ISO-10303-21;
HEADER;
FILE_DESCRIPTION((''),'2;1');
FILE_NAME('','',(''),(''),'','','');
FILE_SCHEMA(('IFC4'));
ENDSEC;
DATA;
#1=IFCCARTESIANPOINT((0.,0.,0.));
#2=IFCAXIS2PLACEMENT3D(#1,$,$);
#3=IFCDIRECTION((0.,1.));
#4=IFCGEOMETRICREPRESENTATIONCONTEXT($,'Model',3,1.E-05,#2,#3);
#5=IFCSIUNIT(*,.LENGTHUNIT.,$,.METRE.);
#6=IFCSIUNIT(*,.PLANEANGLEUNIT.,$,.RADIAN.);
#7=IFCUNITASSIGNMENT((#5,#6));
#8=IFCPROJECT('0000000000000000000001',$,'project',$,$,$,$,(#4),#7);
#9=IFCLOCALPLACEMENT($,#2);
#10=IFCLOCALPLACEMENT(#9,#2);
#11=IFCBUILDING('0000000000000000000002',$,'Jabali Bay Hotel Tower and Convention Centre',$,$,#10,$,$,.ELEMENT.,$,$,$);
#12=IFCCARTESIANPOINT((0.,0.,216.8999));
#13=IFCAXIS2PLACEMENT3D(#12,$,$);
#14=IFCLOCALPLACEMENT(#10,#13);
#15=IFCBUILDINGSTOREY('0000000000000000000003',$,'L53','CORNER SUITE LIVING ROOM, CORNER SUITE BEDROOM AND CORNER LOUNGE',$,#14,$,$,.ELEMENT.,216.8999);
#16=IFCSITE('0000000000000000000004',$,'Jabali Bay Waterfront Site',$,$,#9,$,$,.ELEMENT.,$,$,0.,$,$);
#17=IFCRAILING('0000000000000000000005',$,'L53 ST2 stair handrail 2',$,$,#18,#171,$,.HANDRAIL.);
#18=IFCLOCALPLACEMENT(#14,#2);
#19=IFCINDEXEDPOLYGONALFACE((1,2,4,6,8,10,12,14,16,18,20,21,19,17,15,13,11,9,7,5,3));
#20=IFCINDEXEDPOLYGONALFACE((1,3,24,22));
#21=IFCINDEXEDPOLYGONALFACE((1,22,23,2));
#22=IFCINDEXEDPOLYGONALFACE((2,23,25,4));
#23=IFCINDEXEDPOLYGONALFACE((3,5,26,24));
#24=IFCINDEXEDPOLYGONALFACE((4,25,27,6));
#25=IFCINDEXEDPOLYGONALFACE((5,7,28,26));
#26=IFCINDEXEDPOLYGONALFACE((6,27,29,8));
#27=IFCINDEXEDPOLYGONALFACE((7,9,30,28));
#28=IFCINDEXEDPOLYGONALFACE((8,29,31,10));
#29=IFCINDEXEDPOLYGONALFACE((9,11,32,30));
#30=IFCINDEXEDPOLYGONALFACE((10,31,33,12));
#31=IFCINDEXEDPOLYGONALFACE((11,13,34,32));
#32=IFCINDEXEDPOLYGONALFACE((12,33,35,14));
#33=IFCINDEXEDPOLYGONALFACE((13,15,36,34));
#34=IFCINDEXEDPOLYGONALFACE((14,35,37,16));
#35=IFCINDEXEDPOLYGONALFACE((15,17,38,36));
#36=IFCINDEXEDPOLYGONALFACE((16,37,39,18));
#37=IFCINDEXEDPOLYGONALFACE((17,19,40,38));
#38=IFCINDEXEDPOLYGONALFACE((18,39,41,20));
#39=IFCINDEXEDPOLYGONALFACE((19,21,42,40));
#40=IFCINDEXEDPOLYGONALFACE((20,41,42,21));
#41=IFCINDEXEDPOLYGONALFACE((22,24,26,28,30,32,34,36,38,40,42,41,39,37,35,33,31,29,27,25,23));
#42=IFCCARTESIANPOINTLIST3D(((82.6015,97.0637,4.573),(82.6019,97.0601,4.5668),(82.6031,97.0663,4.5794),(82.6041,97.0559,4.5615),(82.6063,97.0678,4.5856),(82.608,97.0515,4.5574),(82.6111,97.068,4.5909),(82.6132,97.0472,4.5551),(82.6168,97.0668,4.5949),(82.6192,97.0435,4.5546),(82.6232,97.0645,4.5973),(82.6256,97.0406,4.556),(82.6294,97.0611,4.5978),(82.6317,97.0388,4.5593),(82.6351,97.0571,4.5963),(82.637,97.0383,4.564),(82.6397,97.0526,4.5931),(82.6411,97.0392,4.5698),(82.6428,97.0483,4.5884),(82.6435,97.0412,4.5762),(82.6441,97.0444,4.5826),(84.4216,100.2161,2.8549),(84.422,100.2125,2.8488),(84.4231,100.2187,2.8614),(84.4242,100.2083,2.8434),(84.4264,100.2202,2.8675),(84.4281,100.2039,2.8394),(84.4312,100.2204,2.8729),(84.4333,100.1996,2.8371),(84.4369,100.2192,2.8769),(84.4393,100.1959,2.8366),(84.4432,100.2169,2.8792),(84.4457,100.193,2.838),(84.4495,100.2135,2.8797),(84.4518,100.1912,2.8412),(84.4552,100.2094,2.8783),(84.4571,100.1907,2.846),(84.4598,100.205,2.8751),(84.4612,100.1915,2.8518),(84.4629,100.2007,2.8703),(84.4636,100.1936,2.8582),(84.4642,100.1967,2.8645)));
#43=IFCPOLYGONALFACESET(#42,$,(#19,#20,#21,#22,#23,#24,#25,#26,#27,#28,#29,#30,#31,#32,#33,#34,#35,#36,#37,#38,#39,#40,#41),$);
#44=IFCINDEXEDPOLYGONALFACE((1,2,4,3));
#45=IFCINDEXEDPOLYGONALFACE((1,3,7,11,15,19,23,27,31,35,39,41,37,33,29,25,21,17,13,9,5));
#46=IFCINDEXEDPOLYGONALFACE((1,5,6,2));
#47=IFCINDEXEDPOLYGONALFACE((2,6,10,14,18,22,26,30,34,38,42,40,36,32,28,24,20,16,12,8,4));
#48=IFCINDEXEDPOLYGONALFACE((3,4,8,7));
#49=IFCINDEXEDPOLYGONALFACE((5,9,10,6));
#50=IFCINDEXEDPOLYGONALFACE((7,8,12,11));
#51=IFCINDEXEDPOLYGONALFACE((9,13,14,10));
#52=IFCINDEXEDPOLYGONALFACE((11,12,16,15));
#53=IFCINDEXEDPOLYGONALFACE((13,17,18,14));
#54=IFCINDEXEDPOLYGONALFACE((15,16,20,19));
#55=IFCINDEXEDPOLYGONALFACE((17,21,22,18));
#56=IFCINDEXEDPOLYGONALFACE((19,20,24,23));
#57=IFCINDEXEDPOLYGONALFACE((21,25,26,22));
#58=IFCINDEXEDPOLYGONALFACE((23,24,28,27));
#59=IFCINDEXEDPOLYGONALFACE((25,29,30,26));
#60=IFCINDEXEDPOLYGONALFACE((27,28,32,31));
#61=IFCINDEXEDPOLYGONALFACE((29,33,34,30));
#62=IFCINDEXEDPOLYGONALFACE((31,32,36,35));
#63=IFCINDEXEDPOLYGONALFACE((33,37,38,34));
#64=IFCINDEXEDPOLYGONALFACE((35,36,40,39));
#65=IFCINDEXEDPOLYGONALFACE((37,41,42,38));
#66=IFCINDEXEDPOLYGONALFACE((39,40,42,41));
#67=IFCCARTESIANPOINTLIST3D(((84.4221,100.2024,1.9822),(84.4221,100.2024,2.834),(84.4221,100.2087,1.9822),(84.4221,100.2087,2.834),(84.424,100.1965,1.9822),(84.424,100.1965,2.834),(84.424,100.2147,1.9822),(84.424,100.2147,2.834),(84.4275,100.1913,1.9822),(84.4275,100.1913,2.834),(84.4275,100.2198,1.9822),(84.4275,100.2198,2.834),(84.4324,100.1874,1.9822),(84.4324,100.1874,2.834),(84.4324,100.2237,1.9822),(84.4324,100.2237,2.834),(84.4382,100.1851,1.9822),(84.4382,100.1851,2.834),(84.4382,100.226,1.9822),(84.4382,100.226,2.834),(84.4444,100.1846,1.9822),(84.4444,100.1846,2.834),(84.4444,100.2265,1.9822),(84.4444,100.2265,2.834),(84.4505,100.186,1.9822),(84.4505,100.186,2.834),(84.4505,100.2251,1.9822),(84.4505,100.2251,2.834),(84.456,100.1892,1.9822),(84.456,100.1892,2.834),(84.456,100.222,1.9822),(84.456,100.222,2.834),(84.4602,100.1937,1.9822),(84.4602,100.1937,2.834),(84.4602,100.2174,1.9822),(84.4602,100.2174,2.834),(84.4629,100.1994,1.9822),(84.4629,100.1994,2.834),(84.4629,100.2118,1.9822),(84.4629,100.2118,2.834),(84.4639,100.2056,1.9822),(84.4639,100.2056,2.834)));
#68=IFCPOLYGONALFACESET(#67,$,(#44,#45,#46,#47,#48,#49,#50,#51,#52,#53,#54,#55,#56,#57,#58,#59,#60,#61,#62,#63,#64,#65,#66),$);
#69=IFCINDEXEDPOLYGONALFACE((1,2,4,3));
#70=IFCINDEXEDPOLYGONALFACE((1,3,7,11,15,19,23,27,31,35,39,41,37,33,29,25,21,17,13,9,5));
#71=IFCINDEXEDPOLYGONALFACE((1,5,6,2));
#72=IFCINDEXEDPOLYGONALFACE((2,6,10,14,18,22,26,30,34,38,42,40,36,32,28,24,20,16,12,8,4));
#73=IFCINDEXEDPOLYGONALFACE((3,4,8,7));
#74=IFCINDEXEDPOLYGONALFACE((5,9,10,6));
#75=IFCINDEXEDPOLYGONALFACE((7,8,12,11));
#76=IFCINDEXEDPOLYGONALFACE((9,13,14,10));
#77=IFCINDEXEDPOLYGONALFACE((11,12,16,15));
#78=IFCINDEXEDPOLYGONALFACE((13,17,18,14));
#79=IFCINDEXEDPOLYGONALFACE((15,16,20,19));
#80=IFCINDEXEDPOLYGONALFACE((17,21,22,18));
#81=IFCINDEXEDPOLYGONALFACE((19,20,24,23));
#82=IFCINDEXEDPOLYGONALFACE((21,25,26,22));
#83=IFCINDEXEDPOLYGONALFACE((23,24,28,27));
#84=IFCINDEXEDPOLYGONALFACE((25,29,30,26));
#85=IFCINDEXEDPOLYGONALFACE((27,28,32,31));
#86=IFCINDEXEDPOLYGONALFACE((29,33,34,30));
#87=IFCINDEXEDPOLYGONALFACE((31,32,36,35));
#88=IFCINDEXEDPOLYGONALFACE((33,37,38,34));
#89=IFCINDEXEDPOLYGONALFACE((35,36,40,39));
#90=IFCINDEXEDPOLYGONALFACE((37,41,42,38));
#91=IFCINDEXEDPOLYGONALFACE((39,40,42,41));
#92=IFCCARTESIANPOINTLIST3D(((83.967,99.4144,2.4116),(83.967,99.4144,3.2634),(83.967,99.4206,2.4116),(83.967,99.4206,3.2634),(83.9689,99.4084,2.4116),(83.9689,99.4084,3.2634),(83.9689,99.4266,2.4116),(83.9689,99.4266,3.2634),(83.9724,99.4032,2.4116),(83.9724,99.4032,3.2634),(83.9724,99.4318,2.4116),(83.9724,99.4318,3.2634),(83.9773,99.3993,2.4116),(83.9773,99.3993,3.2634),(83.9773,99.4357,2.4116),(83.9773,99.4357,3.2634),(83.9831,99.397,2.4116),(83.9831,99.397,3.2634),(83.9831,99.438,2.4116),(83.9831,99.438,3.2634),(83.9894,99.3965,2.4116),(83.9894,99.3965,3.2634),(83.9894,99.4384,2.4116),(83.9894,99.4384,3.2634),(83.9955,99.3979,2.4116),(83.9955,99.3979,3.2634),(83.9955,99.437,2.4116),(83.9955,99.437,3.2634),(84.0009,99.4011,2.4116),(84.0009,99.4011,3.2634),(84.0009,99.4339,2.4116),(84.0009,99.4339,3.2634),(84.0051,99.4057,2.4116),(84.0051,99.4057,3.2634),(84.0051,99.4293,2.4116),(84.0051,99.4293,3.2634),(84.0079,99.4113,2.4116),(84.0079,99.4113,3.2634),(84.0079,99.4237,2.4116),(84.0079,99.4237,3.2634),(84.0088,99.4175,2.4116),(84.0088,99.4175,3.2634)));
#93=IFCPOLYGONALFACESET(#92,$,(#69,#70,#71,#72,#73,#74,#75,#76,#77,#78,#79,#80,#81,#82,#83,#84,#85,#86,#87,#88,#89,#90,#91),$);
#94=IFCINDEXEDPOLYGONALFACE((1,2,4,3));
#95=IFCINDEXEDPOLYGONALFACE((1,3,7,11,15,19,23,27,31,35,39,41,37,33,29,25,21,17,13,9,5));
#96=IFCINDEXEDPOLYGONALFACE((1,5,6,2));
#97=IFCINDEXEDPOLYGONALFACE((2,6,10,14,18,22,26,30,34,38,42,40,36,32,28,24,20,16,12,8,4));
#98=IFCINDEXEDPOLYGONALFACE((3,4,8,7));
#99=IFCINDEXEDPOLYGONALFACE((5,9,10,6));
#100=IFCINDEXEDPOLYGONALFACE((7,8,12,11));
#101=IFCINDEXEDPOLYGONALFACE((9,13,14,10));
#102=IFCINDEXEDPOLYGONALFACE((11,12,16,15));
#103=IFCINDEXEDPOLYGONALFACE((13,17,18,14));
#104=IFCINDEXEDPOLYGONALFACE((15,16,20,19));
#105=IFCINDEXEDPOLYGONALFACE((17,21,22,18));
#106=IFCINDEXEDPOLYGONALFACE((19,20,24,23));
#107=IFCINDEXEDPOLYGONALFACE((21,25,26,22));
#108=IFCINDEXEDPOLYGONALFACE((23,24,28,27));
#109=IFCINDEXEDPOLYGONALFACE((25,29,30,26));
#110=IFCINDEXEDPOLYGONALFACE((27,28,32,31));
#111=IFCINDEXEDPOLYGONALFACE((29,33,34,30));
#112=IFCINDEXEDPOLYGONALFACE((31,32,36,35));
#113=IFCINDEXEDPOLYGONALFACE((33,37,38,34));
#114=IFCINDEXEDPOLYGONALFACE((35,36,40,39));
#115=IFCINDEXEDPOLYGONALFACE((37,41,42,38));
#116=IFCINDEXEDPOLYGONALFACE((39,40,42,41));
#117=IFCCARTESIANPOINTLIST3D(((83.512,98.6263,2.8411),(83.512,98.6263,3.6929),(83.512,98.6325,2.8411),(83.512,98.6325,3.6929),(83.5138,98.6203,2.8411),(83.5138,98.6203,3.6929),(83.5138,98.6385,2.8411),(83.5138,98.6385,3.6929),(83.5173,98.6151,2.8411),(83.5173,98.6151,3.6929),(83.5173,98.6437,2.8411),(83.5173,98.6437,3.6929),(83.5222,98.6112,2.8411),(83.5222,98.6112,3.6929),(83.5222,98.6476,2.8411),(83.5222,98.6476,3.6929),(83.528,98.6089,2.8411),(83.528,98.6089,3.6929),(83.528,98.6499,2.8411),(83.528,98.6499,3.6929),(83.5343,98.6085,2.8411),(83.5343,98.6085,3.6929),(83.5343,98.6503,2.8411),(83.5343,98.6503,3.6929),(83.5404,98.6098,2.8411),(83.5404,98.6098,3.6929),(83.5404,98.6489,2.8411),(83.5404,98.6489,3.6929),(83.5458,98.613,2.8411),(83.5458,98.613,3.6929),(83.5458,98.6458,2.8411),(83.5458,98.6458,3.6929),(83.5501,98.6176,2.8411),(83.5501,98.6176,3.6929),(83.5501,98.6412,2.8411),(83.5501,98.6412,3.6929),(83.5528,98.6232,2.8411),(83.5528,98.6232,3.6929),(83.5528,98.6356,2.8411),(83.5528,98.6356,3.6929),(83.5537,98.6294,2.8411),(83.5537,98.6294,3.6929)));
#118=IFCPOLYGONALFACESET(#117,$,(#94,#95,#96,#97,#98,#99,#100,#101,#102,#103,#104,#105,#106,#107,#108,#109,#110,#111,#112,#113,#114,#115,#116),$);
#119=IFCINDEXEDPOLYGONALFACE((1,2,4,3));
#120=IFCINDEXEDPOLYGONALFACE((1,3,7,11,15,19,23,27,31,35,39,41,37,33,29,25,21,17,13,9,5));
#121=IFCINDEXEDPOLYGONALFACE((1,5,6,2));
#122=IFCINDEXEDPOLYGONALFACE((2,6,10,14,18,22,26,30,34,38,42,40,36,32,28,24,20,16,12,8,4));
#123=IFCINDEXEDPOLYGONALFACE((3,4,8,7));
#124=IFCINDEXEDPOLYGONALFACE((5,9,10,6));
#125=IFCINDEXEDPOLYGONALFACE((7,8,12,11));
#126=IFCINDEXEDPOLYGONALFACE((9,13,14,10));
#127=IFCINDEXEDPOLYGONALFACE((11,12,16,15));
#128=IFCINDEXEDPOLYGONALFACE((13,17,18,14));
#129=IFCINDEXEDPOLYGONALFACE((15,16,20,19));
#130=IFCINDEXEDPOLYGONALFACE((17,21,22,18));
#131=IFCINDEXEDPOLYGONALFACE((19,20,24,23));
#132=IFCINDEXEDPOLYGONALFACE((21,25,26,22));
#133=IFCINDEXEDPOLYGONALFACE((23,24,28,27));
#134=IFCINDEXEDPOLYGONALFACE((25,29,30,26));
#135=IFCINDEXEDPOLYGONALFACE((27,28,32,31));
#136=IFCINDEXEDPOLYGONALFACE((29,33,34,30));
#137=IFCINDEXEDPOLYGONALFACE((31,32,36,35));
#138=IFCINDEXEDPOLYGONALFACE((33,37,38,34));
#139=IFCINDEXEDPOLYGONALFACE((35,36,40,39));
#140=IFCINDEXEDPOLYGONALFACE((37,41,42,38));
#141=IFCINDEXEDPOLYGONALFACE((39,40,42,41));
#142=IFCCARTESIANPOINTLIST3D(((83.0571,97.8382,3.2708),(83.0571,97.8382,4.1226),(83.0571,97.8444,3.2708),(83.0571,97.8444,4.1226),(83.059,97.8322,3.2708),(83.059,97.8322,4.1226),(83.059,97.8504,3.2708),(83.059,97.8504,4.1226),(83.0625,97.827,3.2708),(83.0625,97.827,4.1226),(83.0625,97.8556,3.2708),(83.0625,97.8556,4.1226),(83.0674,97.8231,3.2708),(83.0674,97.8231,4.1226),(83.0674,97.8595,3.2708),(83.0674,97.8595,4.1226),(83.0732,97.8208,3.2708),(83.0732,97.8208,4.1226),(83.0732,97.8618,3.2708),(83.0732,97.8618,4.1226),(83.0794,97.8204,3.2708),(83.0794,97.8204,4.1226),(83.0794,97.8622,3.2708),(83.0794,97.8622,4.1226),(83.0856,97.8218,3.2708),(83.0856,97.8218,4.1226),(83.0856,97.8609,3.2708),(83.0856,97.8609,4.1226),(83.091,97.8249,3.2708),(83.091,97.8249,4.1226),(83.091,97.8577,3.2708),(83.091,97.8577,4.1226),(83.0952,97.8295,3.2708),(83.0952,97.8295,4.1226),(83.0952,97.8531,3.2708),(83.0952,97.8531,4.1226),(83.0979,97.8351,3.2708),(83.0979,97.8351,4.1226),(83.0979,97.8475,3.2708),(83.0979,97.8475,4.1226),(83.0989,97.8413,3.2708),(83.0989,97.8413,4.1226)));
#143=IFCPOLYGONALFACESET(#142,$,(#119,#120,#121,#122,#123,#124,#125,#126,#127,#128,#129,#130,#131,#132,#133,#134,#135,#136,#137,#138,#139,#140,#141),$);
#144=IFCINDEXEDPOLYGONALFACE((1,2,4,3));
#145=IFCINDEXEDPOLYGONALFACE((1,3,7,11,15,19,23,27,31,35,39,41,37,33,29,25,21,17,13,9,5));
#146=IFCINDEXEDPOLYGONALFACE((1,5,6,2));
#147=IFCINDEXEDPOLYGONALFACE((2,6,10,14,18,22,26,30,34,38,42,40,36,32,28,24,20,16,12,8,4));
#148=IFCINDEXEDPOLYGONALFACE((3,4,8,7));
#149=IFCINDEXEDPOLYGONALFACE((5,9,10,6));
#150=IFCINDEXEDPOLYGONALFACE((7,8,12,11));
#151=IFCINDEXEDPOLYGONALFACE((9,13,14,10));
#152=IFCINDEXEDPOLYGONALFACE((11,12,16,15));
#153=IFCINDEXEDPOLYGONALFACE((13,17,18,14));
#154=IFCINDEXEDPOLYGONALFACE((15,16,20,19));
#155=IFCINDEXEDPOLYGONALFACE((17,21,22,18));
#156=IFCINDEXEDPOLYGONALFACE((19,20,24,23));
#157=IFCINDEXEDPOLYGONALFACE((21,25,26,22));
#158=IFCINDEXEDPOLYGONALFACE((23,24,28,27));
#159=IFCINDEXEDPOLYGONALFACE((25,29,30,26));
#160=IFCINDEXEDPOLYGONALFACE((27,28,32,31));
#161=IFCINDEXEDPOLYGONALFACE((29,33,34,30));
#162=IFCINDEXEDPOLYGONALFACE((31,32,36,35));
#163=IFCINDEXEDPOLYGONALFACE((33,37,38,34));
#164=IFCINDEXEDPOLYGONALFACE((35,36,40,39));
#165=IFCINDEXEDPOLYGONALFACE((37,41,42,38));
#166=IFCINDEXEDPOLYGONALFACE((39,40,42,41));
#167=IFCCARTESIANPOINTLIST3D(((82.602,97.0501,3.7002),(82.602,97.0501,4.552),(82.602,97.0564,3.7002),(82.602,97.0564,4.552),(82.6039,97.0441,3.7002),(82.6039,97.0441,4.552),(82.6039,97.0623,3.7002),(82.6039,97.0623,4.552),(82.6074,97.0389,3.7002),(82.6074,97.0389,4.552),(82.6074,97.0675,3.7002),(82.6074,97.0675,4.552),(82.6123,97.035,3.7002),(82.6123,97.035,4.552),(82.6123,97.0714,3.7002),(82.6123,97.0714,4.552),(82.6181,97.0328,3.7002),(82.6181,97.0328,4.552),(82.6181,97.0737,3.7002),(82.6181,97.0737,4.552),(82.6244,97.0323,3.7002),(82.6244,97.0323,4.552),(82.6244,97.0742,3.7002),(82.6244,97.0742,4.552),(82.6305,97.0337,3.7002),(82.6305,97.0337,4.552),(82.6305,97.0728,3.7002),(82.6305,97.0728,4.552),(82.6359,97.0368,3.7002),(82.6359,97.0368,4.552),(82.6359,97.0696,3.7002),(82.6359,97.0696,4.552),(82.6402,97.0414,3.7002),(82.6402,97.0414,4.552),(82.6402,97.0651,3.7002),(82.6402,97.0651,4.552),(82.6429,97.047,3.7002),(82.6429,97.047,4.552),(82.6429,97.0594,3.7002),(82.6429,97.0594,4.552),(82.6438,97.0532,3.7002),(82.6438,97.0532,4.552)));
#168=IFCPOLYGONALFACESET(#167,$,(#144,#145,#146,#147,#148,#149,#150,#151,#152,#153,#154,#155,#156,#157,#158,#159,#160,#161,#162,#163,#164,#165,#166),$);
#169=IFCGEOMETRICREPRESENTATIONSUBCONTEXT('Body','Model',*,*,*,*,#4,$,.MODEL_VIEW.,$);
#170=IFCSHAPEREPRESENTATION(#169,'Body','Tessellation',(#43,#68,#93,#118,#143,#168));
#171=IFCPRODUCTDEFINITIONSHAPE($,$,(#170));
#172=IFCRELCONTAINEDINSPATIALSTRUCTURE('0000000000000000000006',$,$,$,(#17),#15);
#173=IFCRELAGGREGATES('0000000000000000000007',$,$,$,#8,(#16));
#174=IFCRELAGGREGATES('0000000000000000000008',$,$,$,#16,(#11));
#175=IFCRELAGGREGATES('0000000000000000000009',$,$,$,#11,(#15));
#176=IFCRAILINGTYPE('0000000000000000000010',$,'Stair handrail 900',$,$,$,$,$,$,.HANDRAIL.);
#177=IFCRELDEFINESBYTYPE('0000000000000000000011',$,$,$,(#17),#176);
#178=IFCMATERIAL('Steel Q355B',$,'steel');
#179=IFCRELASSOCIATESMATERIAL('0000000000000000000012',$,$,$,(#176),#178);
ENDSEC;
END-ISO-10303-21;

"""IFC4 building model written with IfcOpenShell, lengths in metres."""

from ifc_helpers import new_model, si_unit, direction, frame, origin, origin_2d, place, context, subcontext, project, spatial, circle, extrude, material, type_object, element, save


model = new_model("IFC4")

# Units and contexts
model_context = context("Model", 3, precision=1e-05, world=origin(), true_north=direction((0.0, 1.0)))
body_context = subcontext(model_context, "Body", "Model", "MODEL_VIEW")
ifc_project = project(units=[si_unit("LENGTHUNIT", "METRE"), si_unit("PLANEANGLEUNIT", "RADIAN")], contexts=[model_context])

# Site, building, storey
site_placement = place(None, origin())
site = spatial("IfcSite", under=ifc_project, at=site_placement, Name="Jabali Bay Waterfront Site", CompositionType="ELEMENT", RefElevation=0.0)
building_placement = place(site_placement, origin())
building = spatial("IfcBuilding", under=site, at=building_placement, Name="Jabali Bay Hotel Tower and Convention Centre", CompositionType="ELEMENT")
storey_placement = place(building_placement, frame((0.0, 0.0, 216.8999)))
storey = spatial("IfcBuildingStorey", under=building, at=storey_placement, Name="L53", Description="CORNER SUITE LIVING ROOM, CORNER SUITE BEDROOM AND CORNER LOUNGE", CompositionType="ELEMENT", Elevation=216.8999)

# Railing
ifc_material_1 = material(Name="Steel Q355B", Category="steel")
railing_type_1 = type_object("IfcRailingType", Name="Stair handrail 900", PredefinedType="HANDRAIL", material=ifc_material_1)
railing_1_placement = place(storey_placement, frame((84.4429, 100.2056, 1.9822)))
element("IfcRailing", 1, at=railing_1_placement, inside=storey, type_object=railing_type_1, Name="L53 ST2 stair handrail 2", PredefinedType="HANDRAIL", context=body_context, shape_type="SweptSolid", body=[
    extrude(circle(Radius=0.0239, at=origin_2d()), frame((0.0, 0.0, 0.876), z_axis=(-0.452179, -0.78317, 0.426825), x_axis=(0.866018, -0.500013, 0.0)), (0.0, 0.0, 1.0), 4.0251),
    extrude(circle(Radius=0.021, at=origin_2d()), origin(), (0.0, 0.0, 1.0), 0.8518),
    extrude(circle(Radius=0.021, at=origin_2d()), frame((-0.4551, -0.7881, 0.4294)), (0.0, 0.0, 1.0), 0.8518),
    extrude(circle(Radius=0.021, at=origin_2d()), frame((-0.9102, -1.5762, 0.8589)), (0.0, 0.0, 1.0), 0.8518),
    extrude(circle(Radius=0.021, at=origin_2d()), frame((-1.365, -2.3643, 1.2886)), (0.0, 0.0, 1.0), 0.8518),
    extrude(circle(Radius=0.021, at=origin_2d()), frame((-1.8201, -3.1523, 1.718)), (0.0, 0.0, 1.0), 0.8518),
])

save(model, "model.ifc")
